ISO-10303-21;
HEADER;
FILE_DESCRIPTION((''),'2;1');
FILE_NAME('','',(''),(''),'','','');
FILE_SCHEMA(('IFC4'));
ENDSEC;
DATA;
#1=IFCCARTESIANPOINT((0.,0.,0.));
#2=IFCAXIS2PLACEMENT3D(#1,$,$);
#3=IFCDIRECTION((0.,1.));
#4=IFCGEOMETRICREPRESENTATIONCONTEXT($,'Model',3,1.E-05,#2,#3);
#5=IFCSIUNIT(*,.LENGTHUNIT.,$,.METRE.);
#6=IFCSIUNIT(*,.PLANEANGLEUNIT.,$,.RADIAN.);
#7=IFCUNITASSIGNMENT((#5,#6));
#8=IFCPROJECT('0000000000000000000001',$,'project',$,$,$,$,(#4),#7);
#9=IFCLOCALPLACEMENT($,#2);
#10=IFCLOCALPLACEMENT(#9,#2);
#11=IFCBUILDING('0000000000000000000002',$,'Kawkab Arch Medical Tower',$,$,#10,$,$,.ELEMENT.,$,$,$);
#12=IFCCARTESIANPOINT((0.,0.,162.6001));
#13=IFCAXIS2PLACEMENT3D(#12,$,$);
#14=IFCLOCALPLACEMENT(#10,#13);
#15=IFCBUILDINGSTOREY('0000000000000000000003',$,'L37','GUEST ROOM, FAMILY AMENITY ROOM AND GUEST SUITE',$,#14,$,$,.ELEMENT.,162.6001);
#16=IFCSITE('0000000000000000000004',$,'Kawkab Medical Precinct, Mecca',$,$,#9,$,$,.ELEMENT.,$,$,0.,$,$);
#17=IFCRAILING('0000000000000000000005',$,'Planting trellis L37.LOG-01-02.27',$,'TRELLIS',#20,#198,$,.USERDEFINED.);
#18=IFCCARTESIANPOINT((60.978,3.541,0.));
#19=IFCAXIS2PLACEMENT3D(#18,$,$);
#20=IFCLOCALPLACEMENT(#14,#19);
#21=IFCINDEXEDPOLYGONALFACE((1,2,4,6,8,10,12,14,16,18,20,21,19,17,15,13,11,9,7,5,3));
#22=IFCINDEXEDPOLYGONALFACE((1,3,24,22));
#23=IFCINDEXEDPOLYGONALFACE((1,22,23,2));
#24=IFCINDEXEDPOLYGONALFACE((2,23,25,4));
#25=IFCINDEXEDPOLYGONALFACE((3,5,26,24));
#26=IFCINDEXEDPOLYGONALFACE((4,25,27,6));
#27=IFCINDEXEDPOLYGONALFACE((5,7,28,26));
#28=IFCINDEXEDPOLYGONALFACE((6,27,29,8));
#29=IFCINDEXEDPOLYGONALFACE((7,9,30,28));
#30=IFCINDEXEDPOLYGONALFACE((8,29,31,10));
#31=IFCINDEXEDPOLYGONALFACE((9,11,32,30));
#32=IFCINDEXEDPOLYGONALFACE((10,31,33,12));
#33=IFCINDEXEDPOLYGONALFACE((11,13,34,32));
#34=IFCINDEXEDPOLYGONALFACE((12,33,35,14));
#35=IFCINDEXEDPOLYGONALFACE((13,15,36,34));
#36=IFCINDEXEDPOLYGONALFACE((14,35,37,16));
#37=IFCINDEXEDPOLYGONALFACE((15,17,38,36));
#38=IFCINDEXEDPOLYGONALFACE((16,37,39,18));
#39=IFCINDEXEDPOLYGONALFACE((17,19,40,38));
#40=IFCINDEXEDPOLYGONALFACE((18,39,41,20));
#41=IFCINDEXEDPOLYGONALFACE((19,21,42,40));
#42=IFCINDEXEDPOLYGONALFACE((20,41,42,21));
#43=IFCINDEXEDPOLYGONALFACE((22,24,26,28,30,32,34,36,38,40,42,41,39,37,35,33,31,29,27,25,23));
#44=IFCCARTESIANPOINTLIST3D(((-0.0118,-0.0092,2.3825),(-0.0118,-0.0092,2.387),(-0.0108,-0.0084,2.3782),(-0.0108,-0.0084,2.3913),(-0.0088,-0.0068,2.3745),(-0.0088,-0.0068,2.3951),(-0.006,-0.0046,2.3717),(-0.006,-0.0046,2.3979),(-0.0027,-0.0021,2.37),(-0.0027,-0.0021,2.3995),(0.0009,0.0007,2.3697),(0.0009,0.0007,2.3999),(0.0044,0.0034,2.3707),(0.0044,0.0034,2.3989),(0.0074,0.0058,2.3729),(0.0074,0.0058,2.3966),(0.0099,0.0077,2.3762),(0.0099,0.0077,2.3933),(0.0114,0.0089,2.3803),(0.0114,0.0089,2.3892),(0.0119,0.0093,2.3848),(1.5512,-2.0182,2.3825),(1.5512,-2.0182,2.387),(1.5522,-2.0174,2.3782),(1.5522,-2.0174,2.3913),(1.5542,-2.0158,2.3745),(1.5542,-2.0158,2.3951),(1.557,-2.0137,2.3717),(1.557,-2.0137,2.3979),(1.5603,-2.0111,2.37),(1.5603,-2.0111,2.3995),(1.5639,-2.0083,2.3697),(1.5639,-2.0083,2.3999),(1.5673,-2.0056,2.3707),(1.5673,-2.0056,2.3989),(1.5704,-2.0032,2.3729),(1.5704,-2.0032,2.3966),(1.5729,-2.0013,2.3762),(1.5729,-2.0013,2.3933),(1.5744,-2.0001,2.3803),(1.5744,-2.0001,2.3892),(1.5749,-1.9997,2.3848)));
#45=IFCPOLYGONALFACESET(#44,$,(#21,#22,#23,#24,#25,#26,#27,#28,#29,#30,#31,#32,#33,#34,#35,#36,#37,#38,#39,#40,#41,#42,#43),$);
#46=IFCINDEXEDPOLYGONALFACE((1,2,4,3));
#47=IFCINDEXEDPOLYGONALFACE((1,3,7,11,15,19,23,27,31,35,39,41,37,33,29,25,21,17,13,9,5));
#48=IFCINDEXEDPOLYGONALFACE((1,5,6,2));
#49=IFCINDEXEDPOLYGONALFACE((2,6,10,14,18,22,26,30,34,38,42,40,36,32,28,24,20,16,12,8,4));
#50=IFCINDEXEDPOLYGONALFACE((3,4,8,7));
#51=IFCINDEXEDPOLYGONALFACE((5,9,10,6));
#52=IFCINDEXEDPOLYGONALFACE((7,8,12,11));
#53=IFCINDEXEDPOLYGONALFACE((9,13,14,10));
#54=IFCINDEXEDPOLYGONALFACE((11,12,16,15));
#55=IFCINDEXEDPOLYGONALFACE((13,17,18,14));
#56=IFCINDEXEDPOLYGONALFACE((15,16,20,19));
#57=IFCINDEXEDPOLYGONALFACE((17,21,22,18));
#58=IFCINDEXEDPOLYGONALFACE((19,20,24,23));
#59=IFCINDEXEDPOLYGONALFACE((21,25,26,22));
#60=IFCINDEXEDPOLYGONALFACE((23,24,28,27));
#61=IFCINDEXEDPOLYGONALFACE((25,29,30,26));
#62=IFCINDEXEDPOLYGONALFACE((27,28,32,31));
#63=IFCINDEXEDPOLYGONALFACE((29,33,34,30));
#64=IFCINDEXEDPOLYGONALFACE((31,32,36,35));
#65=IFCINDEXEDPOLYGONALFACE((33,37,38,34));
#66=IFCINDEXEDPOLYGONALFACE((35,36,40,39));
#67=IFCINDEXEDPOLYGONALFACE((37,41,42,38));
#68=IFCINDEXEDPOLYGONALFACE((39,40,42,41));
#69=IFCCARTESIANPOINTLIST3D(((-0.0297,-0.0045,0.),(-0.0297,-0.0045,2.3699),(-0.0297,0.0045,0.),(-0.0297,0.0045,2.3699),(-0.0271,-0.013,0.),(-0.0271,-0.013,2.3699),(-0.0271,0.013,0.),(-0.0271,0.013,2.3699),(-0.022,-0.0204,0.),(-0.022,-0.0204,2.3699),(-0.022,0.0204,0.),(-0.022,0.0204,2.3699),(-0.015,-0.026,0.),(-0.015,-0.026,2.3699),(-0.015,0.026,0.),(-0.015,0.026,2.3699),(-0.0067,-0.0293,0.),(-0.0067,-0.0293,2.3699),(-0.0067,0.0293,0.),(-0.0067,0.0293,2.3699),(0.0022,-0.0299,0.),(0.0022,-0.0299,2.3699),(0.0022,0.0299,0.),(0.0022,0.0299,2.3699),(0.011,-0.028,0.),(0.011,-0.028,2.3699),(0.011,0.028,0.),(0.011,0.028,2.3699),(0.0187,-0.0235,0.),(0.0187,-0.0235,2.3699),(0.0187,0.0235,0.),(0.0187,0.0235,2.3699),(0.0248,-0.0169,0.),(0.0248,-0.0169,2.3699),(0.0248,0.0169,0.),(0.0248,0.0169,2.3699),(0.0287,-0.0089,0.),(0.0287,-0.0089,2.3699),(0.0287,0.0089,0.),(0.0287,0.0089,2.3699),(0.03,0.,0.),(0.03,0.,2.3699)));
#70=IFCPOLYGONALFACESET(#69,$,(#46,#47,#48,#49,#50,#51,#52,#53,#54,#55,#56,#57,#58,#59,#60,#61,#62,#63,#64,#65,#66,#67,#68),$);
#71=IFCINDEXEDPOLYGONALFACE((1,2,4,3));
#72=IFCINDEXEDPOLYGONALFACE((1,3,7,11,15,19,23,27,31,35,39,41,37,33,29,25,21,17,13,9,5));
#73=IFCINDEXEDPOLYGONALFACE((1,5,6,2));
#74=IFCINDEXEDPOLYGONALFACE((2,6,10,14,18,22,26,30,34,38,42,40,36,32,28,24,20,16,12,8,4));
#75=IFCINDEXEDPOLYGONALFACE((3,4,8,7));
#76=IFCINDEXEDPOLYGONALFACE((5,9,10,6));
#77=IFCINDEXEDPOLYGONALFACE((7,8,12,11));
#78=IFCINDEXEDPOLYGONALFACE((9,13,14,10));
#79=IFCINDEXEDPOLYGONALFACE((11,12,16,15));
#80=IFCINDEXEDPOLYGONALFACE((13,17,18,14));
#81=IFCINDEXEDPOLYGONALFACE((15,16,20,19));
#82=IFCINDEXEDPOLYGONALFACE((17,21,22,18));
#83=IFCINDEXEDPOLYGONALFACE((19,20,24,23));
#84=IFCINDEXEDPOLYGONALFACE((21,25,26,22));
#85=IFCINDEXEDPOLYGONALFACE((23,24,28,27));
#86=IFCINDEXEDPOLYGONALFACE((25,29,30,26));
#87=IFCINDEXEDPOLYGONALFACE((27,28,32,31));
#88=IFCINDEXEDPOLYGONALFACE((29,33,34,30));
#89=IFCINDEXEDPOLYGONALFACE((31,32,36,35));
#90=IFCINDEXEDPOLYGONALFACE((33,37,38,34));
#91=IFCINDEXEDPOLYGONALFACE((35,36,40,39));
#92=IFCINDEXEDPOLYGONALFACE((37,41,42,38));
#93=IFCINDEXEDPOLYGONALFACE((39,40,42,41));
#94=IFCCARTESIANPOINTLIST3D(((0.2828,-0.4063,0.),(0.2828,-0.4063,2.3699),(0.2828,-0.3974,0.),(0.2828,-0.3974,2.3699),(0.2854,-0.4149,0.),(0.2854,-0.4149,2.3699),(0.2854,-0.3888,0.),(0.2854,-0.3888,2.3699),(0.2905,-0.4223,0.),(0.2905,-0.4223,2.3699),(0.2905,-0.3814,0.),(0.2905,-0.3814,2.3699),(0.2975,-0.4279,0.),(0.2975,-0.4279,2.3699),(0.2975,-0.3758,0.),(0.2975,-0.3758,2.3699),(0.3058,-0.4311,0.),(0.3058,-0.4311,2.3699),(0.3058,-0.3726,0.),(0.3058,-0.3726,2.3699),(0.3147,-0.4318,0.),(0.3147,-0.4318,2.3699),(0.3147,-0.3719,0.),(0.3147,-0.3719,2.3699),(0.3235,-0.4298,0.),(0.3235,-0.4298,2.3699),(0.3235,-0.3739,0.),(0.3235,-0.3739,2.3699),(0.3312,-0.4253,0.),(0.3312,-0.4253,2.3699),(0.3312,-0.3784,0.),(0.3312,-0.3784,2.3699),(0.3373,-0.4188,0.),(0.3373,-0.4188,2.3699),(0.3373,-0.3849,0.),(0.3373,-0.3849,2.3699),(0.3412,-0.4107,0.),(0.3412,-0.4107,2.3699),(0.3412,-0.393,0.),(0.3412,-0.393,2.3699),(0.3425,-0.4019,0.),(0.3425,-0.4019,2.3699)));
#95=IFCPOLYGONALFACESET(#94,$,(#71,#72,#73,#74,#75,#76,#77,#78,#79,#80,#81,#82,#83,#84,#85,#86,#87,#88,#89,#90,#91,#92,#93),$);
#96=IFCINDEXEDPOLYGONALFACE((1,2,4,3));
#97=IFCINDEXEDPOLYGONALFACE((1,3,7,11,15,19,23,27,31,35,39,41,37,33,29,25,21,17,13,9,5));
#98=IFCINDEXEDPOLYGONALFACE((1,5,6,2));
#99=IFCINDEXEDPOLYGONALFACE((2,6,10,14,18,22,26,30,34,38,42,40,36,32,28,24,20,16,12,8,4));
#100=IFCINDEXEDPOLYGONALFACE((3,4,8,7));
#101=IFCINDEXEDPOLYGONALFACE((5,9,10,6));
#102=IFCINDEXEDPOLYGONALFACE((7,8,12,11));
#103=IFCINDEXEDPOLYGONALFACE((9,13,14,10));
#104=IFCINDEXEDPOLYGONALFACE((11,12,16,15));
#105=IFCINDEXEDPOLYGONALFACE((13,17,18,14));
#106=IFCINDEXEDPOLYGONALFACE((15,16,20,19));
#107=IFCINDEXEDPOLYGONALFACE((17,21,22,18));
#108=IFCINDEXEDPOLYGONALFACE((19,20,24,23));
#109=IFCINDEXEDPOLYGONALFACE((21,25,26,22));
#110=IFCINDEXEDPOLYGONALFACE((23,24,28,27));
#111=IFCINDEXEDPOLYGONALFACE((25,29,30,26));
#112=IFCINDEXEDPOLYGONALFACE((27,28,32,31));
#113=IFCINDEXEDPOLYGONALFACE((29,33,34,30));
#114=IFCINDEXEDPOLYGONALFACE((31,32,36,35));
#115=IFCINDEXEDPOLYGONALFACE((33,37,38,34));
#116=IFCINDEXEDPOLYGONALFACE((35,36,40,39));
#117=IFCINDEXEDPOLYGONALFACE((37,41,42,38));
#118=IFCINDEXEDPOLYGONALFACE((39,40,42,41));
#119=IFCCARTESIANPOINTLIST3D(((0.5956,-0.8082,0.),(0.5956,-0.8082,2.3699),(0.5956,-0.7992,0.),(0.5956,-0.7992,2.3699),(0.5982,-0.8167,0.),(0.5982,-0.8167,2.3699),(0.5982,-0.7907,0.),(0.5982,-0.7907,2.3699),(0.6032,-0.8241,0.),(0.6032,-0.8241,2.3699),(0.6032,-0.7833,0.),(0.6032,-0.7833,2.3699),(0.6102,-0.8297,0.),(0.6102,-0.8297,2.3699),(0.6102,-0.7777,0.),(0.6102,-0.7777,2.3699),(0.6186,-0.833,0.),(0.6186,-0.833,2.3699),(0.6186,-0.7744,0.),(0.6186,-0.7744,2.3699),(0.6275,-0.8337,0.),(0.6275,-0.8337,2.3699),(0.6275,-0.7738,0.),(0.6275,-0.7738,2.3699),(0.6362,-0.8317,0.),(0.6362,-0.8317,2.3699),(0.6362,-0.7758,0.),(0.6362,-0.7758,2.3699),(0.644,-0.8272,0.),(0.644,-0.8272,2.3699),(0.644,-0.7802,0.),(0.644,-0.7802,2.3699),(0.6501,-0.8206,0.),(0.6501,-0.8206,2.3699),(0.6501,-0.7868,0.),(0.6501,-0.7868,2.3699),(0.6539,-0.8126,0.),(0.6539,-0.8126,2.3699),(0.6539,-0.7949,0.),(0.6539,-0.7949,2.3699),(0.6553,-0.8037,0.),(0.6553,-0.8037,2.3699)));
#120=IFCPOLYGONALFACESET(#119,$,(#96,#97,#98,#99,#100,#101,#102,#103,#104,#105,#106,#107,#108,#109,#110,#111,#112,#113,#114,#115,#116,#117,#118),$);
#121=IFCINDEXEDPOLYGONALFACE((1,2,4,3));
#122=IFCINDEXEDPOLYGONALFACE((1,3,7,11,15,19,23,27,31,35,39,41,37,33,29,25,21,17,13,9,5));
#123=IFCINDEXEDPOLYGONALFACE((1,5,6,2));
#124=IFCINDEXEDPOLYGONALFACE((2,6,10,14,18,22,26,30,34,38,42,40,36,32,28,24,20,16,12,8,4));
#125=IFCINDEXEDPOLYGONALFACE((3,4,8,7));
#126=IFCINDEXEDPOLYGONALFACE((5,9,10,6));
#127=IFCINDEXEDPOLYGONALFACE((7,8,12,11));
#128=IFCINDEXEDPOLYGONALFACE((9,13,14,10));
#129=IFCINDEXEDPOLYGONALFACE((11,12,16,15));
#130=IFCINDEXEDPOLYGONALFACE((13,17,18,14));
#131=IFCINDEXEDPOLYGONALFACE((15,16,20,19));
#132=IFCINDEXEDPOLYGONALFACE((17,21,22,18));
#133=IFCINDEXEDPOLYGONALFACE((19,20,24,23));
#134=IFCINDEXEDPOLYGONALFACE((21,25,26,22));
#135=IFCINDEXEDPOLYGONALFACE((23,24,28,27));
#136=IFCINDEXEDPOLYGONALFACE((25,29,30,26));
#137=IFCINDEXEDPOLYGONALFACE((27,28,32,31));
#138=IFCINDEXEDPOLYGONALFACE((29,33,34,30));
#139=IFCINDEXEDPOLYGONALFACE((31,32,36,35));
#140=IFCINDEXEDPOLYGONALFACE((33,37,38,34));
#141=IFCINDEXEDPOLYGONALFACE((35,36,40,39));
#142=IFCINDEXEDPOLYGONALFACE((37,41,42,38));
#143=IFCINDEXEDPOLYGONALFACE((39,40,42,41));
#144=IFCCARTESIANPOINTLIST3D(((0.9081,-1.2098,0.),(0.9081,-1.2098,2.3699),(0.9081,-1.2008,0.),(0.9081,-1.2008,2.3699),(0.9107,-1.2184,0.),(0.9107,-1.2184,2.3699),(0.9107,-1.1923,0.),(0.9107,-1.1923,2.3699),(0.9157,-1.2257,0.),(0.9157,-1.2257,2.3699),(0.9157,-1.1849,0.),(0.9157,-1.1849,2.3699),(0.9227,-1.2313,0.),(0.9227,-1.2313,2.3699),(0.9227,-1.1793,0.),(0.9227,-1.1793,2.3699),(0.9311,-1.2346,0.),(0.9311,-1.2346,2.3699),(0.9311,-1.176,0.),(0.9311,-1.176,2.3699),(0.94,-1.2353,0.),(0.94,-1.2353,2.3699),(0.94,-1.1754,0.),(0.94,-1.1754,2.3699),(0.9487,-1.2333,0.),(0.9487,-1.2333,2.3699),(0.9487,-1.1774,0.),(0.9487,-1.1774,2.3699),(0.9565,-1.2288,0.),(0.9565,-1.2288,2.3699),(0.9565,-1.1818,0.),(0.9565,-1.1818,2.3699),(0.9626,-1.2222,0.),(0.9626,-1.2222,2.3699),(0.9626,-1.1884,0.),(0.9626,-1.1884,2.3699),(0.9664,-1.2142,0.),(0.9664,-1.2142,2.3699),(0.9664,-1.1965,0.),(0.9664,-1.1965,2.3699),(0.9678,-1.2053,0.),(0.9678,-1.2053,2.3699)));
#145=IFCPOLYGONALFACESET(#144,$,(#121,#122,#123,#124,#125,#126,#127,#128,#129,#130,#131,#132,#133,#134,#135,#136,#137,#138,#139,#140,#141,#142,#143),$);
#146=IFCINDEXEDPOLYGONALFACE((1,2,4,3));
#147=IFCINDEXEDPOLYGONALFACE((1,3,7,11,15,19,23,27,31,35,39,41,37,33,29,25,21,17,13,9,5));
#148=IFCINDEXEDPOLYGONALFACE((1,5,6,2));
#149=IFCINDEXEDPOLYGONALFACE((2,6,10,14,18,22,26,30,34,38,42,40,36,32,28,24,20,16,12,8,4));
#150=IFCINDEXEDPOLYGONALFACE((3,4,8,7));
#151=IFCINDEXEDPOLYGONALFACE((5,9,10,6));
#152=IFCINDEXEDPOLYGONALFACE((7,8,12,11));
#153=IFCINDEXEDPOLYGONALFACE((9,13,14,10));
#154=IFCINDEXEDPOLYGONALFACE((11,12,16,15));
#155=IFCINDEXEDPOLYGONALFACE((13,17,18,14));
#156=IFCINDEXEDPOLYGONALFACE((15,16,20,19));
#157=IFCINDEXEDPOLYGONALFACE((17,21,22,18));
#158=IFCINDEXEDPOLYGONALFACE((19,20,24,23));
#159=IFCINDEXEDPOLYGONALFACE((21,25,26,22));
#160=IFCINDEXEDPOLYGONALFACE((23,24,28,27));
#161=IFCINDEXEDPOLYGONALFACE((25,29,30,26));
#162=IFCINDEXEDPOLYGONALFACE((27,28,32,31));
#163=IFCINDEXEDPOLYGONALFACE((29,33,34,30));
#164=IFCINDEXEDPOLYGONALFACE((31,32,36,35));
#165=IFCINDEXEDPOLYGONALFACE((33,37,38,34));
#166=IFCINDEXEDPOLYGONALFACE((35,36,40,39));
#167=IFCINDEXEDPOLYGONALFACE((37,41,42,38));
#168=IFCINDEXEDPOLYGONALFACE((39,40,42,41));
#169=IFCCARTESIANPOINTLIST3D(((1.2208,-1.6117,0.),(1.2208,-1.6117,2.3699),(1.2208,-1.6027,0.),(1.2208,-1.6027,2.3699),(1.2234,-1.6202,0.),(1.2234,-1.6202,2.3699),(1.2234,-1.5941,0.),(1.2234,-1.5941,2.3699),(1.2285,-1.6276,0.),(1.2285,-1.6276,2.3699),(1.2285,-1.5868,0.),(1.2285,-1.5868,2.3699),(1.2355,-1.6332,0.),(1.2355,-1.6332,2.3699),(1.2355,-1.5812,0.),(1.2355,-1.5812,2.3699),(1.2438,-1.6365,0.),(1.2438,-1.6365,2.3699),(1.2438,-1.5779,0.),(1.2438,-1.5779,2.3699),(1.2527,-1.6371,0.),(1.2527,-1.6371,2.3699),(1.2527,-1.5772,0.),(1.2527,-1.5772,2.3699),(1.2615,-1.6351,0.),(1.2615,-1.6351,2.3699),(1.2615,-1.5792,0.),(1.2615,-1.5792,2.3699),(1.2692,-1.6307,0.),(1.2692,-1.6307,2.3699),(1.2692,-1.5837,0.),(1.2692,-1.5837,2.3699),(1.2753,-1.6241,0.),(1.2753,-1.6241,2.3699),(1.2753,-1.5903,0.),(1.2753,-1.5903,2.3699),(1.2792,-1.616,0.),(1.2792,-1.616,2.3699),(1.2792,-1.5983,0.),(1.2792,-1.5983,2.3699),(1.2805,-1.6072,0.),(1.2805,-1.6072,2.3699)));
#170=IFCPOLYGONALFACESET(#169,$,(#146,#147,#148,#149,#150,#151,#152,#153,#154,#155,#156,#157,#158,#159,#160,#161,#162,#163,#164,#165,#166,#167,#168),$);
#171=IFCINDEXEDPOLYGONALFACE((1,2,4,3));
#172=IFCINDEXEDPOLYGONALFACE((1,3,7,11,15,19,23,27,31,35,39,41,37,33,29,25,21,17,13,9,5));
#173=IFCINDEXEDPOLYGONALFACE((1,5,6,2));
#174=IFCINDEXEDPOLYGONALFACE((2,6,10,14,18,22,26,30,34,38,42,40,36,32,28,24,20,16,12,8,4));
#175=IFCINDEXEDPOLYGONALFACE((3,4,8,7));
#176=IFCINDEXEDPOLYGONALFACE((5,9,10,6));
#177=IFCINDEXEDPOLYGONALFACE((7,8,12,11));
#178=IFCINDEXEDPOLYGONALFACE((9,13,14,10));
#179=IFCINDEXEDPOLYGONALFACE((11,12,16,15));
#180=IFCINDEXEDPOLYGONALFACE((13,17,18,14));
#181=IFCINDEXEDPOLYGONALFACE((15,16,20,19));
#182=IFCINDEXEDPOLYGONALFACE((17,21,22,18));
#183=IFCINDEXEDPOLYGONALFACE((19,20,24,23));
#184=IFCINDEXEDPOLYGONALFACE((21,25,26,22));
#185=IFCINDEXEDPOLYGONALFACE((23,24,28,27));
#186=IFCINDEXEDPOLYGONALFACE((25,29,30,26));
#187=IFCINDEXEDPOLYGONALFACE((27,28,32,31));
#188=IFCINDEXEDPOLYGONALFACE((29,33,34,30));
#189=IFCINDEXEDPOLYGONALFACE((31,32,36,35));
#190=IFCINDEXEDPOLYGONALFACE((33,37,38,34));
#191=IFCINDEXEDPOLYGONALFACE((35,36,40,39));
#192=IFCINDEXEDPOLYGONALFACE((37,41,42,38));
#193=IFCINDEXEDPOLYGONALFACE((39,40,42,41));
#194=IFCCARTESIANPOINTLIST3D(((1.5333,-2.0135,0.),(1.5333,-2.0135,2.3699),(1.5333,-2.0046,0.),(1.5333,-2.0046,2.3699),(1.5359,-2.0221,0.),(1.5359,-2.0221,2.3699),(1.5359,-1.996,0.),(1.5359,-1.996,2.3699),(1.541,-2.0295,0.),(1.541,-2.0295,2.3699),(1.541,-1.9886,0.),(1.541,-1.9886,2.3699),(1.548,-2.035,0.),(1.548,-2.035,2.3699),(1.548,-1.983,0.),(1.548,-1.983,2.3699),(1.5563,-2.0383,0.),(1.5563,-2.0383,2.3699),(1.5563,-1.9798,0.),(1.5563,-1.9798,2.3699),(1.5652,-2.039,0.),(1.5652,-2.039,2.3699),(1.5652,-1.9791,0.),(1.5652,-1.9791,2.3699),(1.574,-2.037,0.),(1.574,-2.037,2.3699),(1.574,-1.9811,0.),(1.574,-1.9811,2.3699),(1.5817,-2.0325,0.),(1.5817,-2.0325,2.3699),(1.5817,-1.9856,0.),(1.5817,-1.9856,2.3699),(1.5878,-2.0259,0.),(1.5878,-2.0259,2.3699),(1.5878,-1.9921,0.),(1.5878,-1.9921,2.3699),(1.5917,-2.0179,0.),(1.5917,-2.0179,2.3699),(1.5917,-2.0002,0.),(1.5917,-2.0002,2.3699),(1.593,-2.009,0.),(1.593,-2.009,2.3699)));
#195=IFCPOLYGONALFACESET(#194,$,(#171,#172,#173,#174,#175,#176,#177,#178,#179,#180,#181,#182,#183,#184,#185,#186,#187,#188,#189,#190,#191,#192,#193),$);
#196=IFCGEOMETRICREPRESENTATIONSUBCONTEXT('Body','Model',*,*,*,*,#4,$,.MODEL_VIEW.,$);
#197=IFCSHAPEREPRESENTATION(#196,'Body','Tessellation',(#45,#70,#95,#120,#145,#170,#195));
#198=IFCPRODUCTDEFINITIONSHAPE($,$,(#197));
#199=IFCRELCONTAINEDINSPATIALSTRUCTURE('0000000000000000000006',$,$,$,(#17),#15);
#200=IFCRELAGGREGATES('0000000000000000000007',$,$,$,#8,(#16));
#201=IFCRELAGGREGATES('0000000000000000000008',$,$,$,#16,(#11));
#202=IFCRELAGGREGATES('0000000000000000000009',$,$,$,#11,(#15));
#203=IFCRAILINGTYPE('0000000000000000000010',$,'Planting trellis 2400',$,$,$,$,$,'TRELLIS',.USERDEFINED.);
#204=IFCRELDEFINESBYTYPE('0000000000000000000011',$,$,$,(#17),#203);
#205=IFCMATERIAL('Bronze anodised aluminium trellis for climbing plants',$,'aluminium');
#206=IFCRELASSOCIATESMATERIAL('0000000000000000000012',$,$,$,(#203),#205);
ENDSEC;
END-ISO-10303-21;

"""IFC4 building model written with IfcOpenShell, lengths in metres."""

from ifc_helpers import new_model, si_unit, direction, frame, origin, origin_2d, place, context, subcontext, project, spatial, circle, extrude, material, type_object, element, save


model = new_model("IFC4")

# Units and contexts
model_context = context("Model", 3, precision=1e-05, world=origin(), true_north=direction((0.0, 1.0)))
body_context = subcontext(model_context, "Body", "Model", "MODEL_VIEW")
ifc_project = project(units=[si_unit("LENGTHUNIT", "METRE"), si_unit("PLANEANGLEUNIT", "RADIAN")], contexts=[model_context])

# Site, building, storey
site_placement = place(None, origin())
site = spatial("IfcSite", under=ifc_project, at=site_placement, Name="Kawkab Medical Precinct, Mecca", CompositionType="ELEMENT", RefElevation=0.0)
building_placement = place(site_placement, origin())
building = spatial("IfcBuilding", under=site, at=building_placement, Name="Kawkab Arch Medical Tower", CompositionType="ELEMENT")
storey_placement = place(building_placement, frame((0.0, 0.0, 162.6001)))
storey = spatial("IfcBuildingStorey", under=building, at=storey_placement, Name="L37", Description="GUEST ROOM, FAMILY AMENITY ROOM AND GUEST SUITE", CompositionType="ELEMENT", Elevation=162.6001)

# Railing
ifc_material_1 = material(Name="Bronze anodised aluminium trellis for climbing plants", Category="aluminium")
railing_type = type_object("IfcRailingType", Name="Planting trellis 2400", ElementType="TRELLIS", PredefinedType="USERDEFINED", material=ifc_material_1)
railing_1_placement = place(storey_placement, frame((60.978, 3.541, 0.0)))
element("IfcRailing", 1, at=railing_1_placement, inside=storey, type_object=railing_type, Name="Planting trellis L37.LOG-01-02.27", ObjectType="TRELLIS", PredefinedType="USERDEFINED", context=body_context, shape_type="SweptSolid", body=[
    extrude(circle(Radius=0.0151, at=origin_2d()), frame((0.0, 0.0, 2.3848), z_axis=(0.61404, -0.789275, 0.0), x_axis=(0.789275, 0.61404, 0.0)), (0.0, 0.0, 1.0), 2.5454),
    extrude(circle(Radius=0.03, at=origin_2d()), origin(), (0.0, 0.0, 1.0), 2.3699),
    extrude(circle(Radius=0.03, at=origin_2d()), frame((0.3125, -0.4019, 0.0)), (0.0, 0.0, 1.0), 2.3699),
    extrude(circle(Radius=0.03, at=origin_2d()), frame((0.6252, -0.8037, 0.0)), (0.0, 0.0, 1.0), 2.3699),
    extrude(circle(Radius=0.03, at=origin_2d()), frame((0.9377, -1.2053, 0.0)), (0.0, 0.0, 1.0), 2.3699),
    extrude(circle(Radius=0.03, at=origin_2d()), frame((1.2505, -1.6072, 0.0)), (0.0, 0.0, 1.0), 2.3699),
    extrude(circle(Radius=0.03, at=origin_2d()), frame((1.563, -2.009, 0.0)), (0.0, 0.0, 1.0), 2.3699),
])

save(model, "model.ifc")
